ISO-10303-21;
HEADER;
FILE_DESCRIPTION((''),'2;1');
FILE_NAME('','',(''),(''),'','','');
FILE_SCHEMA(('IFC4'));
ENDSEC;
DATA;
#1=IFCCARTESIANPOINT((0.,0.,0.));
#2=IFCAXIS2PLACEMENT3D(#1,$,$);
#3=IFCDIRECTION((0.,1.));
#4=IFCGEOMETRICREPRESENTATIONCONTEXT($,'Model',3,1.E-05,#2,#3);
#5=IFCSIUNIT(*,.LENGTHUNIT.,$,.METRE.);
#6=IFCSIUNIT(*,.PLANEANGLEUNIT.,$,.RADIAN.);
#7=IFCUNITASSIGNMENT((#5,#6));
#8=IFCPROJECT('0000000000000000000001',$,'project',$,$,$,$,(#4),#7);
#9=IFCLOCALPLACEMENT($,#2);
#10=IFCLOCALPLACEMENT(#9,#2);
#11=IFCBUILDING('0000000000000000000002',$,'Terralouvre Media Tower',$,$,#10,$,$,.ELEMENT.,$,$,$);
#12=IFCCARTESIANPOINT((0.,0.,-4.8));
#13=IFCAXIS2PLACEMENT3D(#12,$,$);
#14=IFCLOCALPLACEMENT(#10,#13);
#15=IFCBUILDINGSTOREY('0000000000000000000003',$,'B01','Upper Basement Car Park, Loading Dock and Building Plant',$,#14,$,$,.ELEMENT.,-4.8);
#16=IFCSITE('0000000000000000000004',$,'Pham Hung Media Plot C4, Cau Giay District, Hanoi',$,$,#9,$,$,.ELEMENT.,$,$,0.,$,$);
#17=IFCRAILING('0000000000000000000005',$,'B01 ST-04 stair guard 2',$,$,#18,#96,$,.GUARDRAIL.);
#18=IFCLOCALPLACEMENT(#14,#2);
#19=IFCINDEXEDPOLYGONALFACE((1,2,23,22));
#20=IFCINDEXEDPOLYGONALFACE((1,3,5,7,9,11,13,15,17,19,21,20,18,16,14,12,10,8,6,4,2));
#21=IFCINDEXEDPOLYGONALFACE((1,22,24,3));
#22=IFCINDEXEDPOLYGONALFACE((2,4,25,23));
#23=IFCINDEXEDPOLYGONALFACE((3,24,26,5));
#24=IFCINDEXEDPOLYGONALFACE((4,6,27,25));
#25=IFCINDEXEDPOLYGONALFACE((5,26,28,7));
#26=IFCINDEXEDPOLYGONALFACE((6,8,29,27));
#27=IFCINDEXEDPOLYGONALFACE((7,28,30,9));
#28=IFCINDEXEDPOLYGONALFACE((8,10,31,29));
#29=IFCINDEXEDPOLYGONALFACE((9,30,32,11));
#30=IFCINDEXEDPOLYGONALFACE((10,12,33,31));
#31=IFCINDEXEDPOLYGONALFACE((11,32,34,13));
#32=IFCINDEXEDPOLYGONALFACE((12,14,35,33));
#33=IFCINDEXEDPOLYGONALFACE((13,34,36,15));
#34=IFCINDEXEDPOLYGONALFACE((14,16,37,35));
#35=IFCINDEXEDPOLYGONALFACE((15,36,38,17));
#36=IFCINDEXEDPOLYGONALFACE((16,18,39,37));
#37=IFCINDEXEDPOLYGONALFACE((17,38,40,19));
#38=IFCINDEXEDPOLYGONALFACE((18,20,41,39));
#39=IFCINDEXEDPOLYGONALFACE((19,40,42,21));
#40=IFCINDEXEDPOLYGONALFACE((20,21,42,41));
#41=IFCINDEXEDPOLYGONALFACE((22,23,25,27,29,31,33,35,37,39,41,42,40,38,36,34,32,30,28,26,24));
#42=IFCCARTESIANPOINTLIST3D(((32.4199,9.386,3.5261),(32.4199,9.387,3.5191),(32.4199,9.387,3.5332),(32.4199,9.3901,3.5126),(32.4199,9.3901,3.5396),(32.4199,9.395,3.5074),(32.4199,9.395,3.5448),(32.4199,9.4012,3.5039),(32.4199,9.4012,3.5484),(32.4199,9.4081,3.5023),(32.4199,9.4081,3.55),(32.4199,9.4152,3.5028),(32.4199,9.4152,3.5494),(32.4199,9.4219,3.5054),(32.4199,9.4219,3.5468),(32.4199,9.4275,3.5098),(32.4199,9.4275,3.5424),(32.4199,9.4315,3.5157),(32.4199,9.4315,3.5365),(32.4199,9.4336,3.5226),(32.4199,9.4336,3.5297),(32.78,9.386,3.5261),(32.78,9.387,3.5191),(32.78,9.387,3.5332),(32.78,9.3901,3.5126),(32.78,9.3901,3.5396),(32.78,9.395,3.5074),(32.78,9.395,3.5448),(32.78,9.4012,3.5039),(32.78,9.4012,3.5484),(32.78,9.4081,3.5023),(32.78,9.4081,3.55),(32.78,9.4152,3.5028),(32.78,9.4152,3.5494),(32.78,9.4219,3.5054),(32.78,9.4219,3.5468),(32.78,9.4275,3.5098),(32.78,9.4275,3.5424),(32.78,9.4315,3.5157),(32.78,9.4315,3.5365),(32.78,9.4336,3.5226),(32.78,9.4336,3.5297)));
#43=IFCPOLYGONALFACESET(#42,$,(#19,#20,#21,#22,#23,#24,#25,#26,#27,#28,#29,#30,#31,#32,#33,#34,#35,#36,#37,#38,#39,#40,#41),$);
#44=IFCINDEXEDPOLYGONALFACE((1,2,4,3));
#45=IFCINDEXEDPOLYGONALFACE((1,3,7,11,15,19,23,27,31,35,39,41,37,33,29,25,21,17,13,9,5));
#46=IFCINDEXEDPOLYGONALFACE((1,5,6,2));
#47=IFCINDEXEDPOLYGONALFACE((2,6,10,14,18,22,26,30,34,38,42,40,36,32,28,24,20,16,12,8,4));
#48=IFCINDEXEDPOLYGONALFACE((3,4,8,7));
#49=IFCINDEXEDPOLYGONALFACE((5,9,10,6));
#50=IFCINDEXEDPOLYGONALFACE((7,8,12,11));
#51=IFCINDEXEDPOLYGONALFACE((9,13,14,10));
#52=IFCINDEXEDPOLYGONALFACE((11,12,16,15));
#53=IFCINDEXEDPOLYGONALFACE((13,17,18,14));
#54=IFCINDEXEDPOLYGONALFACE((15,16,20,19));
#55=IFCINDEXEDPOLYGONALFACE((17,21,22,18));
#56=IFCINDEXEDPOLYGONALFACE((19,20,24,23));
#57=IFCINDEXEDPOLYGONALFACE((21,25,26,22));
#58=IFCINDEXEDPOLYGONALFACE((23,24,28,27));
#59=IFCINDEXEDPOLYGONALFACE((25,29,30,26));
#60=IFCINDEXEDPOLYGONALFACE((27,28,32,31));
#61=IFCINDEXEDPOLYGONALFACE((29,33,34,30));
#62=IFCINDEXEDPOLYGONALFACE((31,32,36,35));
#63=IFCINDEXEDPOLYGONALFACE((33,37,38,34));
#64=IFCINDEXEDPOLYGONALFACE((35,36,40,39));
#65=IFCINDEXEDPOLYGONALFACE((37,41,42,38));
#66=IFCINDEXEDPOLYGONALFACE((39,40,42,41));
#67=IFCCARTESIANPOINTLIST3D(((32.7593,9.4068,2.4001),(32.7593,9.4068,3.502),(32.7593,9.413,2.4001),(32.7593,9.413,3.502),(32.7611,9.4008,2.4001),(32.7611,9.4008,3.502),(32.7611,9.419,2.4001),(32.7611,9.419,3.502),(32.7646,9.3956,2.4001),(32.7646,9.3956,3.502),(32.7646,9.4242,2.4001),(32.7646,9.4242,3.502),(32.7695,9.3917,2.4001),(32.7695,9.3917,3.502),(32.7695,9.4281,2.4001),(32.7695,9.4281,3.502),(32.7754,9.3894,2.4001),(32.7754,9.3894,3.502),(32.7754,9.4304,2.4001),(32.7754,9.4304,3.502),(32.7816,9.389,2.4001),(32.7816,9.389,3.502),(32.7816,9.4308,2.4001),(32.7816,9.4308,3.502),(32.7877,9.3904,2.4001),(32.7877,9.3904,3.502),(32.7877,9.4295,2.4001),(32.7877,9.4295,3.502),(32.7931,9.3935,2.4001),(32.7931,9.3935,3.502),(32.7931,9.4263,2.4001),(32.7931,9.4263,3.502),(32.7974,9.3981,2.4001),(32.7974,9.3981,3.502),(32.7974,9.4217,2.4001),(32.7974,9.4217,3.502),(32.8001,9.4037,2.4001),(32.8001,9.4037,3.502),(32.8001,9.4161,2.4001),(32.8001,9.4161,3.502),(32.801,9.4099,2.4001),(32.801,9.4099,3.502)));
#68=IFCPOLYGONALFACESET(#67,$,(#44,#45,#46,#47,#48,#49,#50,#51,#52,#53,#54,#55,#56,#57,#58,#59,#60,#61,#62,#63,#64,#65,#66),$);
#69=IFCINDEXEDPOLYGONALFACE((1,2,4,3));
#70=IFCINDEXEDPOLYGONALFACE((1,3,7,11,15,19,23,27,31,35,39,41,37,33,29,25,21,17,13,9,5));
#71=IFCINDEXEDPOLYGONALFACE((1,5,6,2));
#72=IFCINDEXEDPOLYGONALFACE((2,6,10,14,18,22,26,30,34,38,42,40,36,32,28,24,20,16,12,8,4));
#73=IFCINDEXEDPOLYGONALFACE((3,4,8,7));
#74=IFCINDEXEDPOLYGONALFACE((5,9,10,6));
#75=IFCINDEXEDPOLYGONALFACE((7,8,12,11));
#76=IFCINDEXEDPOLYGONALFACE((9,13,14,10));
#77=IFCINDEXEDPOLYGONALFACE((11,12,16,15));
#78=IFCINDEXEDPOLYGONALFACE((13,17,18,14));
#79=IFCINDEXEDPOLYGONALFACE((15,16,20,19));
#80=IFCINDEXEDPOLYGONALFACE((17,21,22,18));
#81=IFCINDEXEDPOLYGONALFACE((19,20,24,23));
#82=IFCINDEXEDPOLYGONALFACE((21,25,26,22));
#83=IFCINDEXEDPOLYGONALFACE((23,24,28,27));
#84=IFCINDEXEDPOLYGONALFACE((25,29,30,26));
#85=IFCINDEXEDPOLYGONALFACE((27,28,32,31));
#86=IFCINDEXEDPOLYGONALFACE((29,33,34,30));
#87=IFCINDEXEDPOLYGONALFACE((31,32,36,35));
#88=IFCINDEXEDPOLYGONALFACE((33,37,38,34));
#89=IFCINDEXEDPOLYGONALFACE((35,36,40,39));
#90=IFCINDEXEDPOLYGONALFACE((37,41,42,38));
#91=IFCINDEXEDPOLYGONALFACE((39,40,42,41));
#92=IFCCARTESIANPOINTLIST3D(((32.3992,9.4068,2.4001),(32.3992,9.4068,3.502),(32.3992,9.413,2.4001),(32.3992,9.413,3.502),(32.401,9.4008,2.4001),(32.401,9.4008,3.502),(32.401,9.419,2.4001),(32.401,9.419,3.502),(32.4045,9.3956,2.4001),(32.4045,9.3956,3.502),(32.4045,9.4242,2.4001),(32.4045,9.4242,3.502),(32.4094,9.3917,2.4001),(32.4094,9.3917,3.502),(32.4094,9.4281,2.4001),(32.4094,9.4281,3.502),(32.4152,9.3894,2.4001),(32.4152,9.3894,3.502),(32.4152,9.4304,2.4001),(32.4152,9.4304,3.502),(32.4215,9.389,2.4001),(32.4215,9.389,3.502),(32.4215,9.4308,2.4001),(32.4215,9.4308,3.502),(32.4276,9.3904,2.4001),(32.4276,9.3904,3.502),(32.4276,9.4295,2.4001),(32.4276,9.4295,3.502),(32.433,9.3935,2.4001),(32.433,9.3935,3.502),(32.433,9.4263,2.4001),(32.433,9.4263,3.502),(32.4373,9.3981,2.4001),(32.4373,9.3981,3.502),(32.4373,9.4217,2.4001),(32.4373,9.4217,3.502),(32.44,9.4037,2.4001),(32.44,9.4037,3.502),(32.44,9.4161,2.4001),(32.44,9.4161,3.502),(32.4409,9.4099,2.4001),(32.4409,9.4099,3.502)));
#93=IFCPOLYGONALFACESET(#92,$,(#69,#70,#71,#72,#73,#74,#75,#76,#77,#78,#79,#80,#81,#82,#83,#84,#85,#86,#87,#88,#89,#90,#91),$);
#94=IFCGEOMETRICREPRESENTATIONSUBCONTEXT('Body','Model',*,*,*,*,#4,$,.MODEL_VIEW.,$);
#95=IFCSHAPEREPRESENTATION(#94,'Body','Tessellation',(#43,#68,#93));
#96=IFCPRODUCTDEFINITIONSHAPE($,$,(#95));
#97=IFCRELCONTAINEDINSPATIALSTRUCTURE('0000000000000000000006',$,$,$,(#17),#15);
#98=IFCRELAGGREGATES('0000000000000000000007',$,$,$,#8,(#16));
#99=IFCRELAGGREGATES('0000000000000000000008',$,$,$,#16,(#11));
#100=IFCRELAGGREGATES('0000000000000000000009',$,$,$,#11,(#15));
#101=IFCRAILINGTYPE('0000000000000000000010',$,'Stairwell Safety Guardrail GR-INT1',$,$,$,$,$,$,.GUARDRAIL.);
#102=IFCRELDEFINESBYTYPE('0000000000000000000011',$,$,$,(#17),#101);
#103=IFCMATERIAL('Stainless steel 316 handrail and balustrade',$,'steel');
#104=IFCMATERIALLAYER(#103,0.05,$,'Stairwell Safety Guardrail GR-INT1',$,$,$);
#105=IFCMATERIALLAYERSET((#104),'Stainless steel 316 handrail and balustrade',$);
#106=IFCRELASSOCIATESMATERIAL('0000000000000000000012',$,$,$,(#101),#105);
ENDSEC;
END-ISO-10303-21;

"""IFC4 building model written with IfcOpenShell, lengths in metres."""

from ifc_helpers import new_model, si_unit, direction, frame, origin, origin_2d, place, context, subcontext, project, spatial, circle, extrude, material, layer, layer_set, type_object, element, save


model = new_model("IFC4")

# Units and contexts
model_context = context("Model", 3, precision=1e-05, world=origin(), true_north=direction((0.0, 1.0)))
body_context = subcontext(model_context, "Body", "Model", "MODEL_VIEW")
ifc_project = project(units=[si_unit("LENGTHUNIT", "METRE"), si_unit("PLANEANGLEUNIT", "RADIAN")], contexts=[model_context])

# Site, building, storey
site_placement = place(None, origin())
site = spatial("IfcSite", under=ifc_project, at=site_placement, Name="Pham Hung Media Plot C4, Cau Giay District, Hanoi", CompositionType="ELEMENT", RefElevation=0.0)
building_placement = place(site_placement, origin())
building = spatial("IfcBuilding", under=site, at=building_placement, Name="Terralouvre Media Tower", CompositionType="ELEMENT")
storey_placement = place(building_placement, frame((0.0, 0.0, -4.8)))
storey = spatial("IfcBuildingStorey", under=building, at=storey_placement, Name="B01", Description="Upper Basement Car Park, Loading Dock and Building Plant", CompositionType="ELEMENT", Elevation=-4.8)

# Railing
ifc_material_1 = material(Name="Stainless steel 316 handrail and balustrade", Category="steel")
ifc_layer_1 = layer(ifc_material_1, 0.05, Name="Stairwell Safety Guardrail GR-INT1")
ifc_layer_set_1 = layer_set([ifc_layer_1], Name="Stainless steel 316 handrail and balustrade")
railing_type_1 = type_object("IfcRailingType", Name="Stairwell Safety Guardrail GR-INT1", PredefinedType="GUARDRAIL", material=ifc_layer_set_1)
railing_1_placement = place(storey_placement, frame((32.78, 9.4099, 2.4001)))
element("IfcRailing", 1, at=railing_1_placement, inside=storey, type_object=railing_type_1, Name="B01 ST-04 stair guard 2", PredefinedType="GUARDRAIL", context=body_context, shape_type="SweptSolid", body=[
    extrude(circle(Radius=0.0239, at=origin_2d()), frame((0.0, 0.0, 1.126), z_axis=(-1.0, 0.0, 0.0), x_axis=(0.0, -1.0, 0.0)), (0.0, 0.0, 1.0), 0.3601),
    extrude(circle(Radius=0.021, at=origin_2d()), origin(), (0.0, 0.0, 1.0), 1.1018),
    extrude(circle(Radius=0.021, at=origin_2d()), frame((-0.3601, 0.0, 0.0)), (0.0, 0.0, 1.0), 1.1018),
])

save(model, "model.ifc")
